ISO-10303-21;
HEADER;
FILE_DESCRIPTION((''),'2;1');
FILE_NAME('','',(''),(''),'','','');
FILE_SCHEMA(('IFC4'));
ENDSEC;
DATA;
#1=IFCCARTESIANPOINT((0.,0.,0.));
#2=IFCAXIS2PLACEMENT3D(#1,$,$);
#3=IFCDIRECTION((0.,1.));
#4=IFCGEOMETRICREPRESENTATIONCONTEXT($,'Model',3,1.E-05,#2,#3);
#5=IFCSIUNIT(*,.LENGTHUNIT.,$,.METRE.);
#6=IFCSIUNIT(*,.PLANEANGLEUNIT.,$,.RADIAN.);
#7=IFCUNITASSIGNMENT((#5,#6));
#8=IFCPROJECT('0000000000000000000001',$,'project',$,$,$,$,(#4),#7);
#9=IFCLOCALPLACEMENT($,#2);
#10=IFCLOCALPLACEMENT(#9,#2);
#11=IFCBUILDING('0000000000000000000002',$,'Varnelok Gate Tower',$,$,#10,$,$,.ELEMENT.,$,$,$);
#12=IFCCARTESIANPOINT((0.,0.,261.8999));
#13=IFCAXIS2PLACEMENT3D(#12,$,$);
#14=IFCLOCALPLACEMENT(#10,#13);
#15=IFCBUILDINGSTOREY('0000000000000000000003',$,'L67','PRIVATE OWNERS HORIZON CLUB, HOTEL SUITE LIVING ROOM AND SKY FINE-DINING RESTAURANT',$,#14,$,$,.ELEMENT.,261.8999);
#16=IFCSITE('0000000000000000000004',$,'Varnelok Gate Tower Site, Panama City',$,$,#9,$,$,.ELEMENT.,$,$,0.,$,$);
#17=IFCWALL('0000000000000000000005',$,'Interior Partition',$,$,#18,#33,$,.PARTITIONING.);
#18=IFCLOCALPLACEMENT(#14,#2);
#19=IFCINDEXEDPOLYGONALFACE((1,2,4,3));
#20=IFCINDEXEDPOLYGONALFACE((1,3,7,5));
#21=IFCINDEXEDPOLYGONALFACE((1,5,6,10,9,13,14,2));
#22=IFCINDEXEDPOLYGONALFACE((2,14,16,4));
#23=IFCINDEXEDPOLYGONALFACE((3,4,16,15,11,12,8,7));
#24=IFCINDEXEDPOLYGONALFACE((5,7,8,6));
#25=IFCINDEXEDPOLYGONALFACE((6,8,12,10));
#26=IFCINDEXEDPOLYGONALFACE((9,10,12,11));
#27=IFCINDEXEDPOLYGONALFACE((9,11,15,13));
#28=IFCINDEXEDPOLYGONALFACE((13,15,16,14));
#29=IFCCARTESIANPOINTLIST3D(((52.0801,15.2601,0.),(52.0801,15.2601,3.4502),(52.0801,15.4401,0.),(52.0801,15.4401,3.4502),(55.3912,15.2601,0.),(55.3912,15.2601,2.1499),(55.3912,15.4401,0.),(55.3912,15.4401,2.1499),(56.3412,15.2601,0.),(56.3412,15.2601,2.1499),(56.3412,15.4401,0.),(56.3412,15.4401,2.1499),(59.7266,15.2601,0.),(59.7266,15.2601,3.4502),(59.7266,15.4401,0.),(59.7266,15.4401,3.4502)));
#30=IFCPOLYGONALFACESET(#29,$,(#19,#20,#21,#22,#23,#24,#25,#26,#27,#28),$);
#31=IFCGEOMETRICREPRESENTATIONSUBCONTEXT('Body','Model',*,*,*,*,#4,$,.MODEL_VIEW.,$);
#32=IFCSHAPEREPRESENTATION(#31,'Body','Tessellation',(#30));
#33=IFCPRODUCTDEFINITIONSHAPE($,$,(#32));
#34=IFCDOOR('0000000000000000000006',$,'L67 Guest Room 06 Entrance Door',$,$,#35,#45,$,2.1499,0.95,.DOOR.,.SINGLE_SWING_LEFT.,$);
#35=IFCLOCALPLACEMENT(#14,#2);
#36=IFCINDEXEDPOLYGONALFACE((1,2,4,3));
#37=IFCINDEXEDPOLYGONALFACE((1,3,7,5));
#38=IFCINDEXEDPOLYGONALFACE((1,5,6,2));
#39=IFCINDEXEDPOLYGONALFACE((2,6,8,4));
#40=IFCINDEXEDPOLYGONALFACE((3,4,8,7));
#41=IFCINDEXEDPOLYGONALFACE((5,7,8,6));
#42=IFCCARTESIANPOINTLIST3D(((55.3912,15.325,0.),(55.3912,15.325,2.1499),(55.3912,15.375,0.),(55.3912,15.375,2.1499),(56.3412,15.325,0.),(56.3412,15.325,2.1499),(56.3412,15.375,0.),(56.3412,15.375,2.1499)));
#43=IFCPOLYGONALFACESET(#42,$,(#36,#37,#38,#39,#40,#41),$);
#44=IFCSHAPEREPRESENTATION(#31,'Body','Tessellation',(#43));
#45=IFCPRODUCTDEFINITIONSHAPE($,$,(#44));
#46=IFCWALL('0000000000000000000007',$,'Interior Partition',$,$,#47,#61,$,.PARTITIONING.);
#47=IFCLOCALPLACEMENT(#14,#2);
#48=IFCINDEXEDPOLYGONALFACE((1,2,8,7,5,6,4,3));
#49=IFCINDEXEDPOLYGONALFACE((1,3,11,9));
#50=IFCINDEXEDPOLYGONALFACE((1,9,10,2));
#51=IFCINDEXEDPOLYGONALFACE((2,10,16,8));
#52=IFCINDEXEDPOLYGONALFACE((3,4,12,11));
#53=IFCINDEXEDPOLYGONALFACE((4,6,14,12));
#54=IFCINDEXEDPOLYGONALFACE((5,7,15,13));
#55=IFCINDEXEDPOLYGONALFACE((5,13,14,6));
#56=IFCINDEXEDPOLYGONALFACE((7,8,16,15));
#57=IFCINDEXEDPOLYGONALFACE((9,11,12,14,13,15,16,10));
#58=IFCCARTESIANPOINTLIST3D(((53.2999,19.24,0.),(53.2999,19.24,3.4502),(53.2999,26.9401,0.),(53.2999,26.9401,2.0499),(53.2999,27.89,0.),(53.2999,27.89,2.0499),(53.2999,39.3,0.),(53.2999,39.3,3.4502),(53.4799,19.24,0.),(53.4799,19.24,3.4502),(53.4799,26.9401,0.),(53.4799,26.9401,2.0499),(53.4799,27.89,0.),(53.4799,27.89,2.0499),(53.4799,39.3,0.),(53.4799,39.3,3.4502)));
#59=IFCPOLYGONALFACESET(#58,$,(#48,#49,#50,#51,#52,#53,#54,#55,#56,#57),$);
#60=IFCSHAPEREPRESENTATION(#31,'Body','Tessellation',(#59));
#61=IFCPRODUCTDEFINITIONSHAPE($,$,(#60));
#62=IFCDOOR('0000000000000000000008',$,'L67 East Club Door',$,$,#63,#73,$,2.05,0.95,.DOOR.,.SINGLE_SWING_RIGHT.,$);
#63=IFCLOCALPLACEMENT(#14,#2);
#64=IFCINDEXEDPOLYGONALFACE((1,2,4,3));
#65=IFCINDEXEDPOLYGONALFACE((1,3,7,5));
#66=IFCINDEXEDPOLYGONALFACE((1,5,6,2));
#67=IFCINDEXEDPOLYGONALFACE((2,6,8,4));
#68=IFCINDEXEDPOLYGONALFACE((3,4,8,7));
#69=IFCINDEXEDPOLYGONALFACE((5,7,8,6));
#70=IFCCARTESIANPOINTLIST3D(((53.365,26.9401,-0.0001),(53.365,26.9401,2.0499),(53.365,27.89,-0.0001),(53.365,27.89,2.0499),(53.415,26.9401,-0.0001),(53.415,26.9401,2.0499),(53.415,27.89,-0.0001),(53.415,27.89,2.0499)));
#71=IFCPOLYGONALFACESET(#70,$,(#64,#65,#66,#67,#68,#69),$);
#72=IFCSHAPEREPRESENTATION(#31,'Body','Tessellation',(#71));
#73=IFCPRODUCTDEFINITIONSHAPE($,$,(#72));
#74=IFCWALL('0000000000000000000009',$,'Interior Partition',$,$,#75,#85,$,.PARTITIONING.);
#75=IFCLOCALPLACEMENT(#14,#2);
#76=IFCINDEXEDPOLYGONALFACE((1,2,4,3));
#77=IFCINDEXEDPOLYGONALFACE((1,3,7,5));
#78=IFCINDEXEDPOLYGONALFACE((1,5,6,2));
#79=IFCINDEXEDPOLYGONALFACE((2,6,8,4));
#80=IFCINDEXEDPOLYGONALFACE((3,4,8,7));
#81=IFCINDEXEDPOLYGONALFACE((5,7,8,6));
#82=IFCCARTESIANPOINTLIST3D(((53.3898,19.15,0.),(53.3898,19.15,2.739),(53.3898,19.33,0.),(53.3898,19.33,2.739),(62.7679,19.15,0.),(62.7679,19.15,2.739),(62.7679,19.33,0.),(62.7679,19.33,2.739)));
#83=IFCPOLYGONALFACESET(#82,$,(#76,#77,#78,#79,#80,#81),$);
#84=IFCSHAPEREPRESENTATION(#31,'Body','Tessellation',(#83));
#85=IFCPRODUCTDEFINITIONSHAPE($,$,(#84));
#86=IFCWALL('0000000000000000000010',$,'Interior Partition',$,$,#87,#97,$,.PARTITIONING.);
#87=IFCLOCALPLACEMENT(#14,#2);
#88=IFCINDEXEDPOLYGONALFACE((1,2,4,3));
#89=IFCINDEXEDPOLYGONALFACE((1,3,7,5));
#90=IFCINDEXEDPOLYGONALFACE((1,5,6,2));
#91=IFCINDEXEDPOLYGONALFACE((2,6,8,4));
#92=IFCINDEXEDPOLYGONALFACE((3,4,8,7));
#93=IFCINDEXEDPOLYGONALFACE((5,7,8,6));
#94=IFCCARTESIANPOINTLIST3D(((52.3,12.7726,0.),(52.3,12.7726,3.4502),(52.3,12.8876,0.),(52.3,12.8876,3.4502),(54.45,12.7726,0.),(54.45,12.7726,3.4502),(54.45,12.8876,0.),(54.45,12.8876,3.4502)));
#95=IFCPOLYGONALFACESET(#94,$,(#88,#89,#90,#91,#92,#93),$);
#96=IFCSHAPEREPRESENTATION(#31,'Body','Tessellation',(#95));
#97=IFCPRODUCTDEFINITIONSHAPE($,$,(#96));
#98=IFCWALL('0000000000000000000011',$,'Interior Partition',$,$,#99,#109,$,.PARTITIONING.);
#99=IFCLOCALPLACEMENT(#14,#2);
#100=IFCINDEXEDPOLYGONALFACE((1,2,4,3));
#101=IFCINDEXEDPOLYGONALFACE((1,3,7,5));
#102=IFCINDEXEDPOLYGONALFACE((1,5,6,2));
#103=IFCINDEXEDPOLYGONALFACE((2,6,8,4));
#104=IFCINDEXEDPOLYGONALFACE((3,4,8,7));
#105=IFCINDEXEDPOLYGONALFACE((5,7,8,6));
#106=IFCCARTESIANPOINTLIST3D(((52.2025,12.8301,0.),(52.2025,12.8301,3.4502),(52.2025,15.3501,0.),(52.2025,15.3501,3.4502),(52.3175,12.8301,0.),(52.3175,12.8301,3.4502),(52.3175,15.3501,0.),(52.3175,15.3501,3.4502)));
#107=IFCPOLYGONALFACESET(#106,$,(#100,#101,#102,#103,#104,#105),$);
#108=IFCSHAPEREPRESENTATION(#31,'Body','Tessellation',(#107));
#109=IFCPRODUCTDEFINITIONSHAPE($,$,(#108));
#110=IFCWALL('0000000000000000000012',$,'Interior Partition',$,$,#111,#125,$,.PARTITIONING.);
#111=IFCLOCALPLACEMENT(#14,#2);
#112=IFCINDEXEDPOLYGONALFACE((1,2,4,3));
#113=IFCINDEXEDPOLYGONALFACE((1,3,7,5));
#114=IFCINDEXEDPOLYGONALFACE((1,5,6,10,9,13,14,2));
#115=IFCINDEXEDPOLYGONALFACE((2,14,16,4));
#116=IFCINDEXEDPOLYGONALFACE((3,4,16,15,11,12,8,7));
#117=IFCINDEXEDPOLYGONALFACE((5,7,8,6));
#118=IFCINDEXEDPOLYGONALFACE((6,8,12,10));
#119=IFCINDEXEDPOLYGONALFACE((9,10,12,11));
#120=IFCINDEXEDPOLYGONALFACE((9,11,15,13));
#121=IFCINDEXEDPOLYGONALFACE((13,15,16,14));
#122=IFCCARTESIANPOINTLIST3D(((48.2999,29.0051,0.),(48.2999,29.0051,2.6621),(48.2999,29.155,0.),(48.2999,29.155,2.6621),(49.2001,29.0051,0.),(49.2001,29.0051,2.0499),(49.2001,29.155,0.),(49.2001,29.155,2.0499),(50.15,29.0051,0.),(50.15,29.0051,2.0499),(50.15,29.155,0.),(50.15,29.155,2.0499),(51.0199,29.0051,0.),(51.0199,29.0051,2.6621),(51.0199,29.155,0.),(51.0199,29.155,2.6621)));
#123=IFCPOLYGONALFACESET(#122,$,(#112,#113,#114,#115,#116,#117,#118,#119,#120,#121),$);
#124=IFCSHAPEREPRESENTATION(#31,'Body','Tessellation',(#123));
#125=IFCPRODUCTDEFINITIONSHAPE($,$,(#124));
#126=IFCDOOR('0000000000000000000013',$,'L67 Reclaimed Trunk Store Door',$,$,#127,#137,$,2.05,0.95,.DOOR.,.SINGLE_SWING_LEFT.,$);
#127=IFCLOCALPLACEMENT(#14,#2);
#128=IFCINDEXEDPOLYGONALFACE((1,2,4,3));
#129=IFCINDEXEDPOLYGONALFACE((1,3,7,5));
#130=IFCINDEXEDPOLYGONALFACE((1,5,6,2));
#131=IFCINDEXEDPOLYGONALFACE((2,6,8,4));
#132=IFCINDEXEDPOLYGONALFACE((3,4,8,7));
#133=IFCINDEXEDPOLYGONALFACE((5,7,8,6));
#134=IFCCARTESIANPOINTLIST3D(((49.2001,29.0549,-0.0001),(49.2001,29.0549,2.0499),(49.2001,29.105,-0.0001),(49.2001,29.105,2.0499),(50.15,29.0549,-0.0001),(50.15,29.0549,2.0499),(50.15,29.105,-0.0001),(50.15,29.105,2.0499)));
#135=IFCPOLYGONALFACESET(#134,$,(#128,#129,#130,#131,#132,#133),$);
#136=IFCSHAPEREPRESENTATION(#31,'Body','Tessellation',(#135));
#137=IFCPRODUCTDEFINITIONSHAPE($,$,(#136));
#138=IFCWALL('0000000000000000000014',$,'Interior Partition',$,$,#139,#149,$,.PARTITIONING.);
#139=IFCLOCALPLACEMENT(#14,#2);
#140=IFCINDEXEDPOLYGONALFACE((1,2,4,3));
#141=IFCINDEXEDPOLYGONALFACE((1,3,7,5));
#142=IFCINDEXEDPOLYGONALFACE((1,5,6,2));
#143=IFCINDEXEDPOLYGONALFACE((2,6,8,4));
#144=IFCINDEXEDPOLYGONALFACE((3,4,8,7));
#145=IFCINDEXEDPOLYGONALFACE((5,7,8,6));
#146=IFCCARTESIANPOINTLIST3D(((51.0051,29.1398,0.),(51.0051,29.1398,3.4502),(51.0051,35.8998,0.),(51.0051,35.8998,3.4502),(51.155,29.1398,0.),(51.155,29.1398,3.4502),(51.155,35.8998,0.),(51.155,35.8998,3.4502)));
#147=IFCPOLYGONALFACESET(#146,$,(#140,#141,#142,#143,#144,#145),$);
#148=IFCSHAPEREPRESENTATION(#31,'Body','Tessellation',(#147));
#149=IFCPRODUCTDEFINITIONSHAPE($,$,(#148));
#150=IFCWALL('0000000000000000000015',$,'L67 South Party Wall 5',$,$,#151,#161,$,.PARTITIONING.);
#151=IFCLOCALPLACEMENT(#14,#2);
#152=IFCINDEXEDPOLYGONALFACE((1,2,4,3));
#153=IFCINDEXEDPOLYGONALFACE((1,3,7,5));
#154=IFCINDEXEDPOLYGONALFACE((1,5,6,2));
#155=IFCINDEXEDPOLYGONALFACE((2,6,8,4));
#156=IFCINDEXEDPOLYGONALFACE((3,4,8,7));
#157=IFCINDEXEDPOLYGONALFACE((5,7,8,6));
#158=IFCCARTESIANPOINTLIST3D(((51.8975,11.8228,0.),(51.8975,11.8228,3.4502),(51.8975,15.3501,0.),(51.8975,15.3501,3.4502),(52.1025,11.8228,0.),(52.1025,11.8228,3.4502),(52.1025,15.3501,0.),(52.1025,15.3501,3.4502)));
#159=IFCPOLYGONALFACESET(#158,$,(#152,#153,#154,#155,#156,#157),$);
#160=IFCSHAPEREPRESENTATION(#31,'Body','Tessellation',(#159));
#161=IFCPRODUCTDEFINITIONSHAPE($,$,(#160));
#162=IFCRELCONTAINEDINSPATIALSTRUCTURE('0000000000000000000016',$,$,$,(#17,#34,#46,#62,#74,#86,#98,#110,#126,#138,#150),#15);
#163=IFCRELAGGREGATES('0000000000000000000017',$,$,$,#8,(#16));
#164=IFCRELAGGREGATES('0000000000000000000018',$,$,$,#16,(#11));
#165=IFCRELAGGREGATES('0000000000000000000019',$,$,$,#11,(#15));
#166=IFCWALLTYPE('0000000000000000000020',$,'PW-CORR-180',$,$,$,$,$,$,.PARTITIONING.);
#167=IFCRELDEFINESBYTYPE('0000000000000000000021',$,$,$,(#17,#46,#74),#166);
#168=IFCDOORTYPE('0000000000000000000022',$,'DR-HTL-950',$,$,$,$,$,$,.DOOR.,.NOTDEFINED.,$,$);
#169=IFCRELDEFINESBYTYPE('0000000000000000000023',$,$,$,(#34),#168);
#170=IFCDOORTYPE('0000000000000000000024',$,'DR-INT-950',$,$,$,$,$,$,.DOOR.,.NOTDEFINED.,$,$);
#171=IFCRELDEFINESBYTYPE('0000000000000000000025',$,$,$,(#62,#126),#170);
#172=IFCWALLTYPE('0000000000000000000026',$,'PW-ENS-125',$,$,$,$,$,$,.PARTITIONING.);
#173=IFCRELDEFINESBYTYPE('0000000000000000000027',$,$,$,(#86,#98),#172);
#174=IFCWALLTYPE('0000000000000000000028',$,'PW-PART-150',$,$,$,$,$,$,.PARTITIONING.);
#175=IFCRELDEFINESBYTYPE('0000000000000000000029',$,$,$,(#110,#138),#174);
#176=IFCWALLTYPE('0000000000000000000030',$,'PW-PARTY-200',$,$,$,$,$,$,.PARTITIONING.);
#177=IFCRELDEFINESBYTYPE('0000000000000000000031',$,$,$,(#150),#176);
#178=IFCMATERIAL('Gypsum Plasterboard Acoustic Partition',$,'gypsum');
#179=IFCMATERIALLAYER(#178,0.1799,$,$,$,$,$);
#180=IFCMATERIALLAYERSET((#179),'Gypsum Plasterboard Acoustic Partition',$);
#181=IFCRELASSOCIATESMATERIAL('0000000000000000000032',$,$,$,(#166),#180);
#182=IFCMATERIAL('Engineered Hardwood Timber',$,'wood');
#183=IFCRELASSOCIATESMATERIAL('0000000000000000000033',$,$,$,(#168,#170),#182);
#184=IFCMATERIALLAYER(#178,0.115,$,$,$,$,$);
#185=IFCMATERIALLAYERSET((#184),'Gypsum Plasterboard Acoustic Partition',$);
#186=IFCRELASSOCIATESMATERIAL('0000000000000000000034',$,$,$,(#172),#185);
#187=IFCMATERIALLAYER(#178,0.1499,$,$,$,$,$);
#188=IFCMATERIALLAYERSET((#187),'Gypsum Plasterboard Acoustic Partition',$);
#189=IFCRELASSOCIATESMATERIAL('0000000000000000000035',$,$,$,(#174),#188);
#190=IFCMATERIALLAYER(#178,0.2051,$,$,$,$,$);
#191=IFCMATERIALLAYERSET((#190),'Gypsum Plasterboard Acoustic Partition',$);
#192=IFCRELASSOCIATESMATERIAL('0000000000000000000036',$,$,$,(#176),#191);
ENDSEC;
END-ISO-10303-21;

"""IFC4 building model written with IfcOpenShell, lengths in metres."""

from ifc_helpers import new_model, si_unit, direction, frame, frame_2d, origin, place, context, subcontext, project, spatial, rectangle, extrude, material, layer, layer_set, type_object, element, fill, save


model = new_model("IFC4")

# Units and contexts
model_context = context("Model", 3, precision=1e-05, world=origin(), true_north=direction((0.0, 1.0)))
body_context = subcontext(model_context, "Body", "Model", "MODEL_VIEW")
ifc_project = project(units=[si_unit("LENGTHUNIT", "METRE"), si_unit("PLANEANGLEUNIT", "RADIAN")], contexts=[model_context])

# Site, building, storey
site_placement = place(None, origin())
site = spatial("IfcSite", under=ifc_project, at=site_placement, Name="Varnelok Gate Tower Site, Panama City", CompositionType="ELEMENT", RefElevation=0.0)
building_placement = place(site_placement, origin())
building = spatial("IfcBuilding", under=site, at=building_placement, Name="Varnelok Gate Tower", CompositionType="ELEMENT")
storey_placement = place(building_placement, frame((0.0, 0.0, 261.8999)))
storey = spatial("IfcBuildingStorey", under=building, at=storey_placement, Name="L67", Description="PRIVATE OWNERS HORIZON CLUB, HOTEL SUITE LIVING ROOM AND SKY FINE-DINING RESTAURANT", CompositionType="ELEMENT", Elevation=261.8999)

# Walls, openings, doors
ifc_material_1 = material(Name="Gypsum Plasterboard Acoustic Partition", Category="gypsum")
ifc_layer_1 = layer(ifc_material_1, 0.1799)
ifc_layer_set_1 = layer_set([ifc_layer_1], Name="Gypsum Plasterboard Acoustic Partition")
wall_type_1 = type_object("IfcWallType", Name="PW-CORR-180", PredefinedType="PARTITIONING", material=ifc_layer_set_1)
wall_1_placement = place(storey_placement, frame((52.0801, 15.3501, 0.0), z_axis=(0.0, 0.0, 1.0), x_axis=(1.0, 0.0, 0.0)))
wall_1 = element("IfcWall", 1, at=wall_1_placement, inside=storey, type_object=wall_type_1, Name="Interior Partition", PredefinedType="PARTITIONING", context=body_context, shape_type="SweptSolid", body=[
    extrude(rectangle(XDim=7.6465, YDim=0.1799, at=frame_2d((3.8232, 0.0))), origin(), (0.0, 0.0, 1.0), 3.4502),
])
opening_1_placement = place(wall_1_placement, frame((3.311, 0.0, 0.0)))
opening_1 = element("IfcOpeningElement", 2, at=opening_1_placement, cuts=wall_1, PredefinedType="OPENING", context=body_context, shape_type="SweptSolid", body=[
    extrude(rectangle(XDim=0.95, YDim=2.1499, at=frame_2d((0.4751, 1.075))), frame((0.0, 0.0999, 0.0), z_axis=(0.0, -1.0, 0.0), x_axis=(1.0, 0.0, 0.0)), (0.0, 0.0, 1.0), 0.2),
])
ifc_material_2 = material(Name="Engineered Hardwood Timber", Category="wood")
door_type_1 = type_object("IfcDoorType", Name="DR-HTL-950", OperationType="NOTDEFINED", PredefinedType="DOOR", material=ifc_material_2)
door_1_placement = place(opening_1_placement, origin())
door_1 = element("IfcDoor", 3, at=door_1_placement, inside=storey, type_object=door_type_1, Name="L67 Guest Room 06 Entrance Door", OperationType="SINGLE_SWING_LEFT", OverallHeight=2.1499, OverallWidth=0.95, PredefinedType="DOOR", context=body_context, shape_type="SweptSolid", body=[
    extrude(rectangle(XDim=0.95, YDim=2.1499, at=frame_2d((0.4751, 1.075))), frame((0.0, 0.0249, 0.0), z_axis=(0.0, -1.0, 0.0), x_axis=(1.0, 0.0, 0.0)), (0.0, 0.0, 1.0), 0.05),
])
fill(opening_1, door_1)
wall_2_placement = place(storey_placement, frame((53.3899, 19.24, 0.0), z_axis=(0.0, 0.0, 1.0), x_axis=(0.0, 1.0, 0.0)))
wall_2 = element("IfcWall", 4, at=wall_2_placement, inside=storey, type_object=wall_type_1, Name="Interior Partition", PredefinedType="PARTITIONING", context=body_context, shape_type="SweptSolid", body=[
    extrude(rectangle(XDim=20.0601, YDim=0.1799, at=frame_2d((10.03, 0.0))), origin(), (0.0, 0.0, 1.0), 3.4502),
])
opening_2_placement = place(wall_2_placement, frame((7.7, 0.0, 0.0)))
opening_2 = element("IfcOpeningElement", 5, at=opening_2_placement, cuts=wall_2, PredefinedType="OPENING", context=body_context, shape_type="SweptSolid", body=[
    extrude(rectangle(XDim=0.95, YDim=2.05, at=frame_2d((0.4751, 1.0249))), frame((0.0, 0.0999, 0.0), z_axis=(0.0, -1.0, 0.0), x_axis=(1.0, 0.0, 0.0)), (0.0, 0.0, 1.0), 0.2),
])
door_type_2 = type_object("IfcDoorType", Name="DR-INT-950", OperationType="NOTDEFINED", PredefinedType="DOOR", material=ifc_material_2)
door_2_placement = place(opening_2_placement, origin())
door_2 = element("IfcDoor", 6, at=door_2_placement, inside=storey, type_object=door_type_2, Name="L67 East Club Door", OperationType="SINGLE_SWING_RIGHT", OverallHeight=2.05, OverallWidth=0.95, PredefinedType="DOOR", context=body_context, shape_type="SweptSolid", body=[
    extrude(rectangle(XDim=0.95, YDim=2.05, at=frame_2d((0.4751, 1.0249))), frame((0.0, 0.0249, 0.0), z_axis=(0.0, -1.0, 0.0), x_axis=(1.0, 0.0, 0.0)), (0.0, 0.0, 1.0), 0.05),
])
fill(opening_2, door_2)

# Walls
wall_3_placement = place(storey_placement, frame((53.3899, 19.24, 0.0), z_axis=(0.0, 0.0, 1.0), x_axis=(1.0, 0.0, 0.0)))
element("IfcWall", 7, at=wall_3_placement, inside=storey, type_object=wall_type_1, Name="Interior Partition", PredefinedType="PARTITIONING", context=body_context, shape_type="SweptSolid", body=[
    extrude(rectangle(XDim=9.3782, YDim=0.1799, at=frame_2d((4.689, 0.0))), origin(), (0.0, 0.0, 1.0), 2.739),
])
ifc_layer_2 = layer(ifc_material_1, 0.115)
ifc_layer_set_2 = layer_set([ifc_layer_2], Name="Gypsum Plasterboard Acoustic Partition")
wall_type_2 = type_object("IfcWallType", Name="PW-ENS-125", PredefinedType="PARTITIONING", material=ifc_layer_set_2)
wall_4_placement = place(storey_placement, frame((52.3, 12.8301, 0.0), z_axis=(0.0, 0.0, 1.0), x_axis=(1.0, 0.0, 0.0)))
element("IfcWall", 8, at=wall_4_placement, inside=storey, type_object=wall_type_2, Name="Interior Partition", PredefinedType="PARTITIONING", context=body_context, shape_type="SweptSolid", body=[
    extrude(rectangle(XDim=2.1499, YDim=0.115, at=frame_2d((1.075, 0.0))), origin(), (0.0, 0.0, 1.0), 3.4502),
])
wall_5_placement = place(storey_placement, frame((52.26, 12.8301, 0.0), z_axis=(0.0, 0.0, 1.0), x_axis=(0.0, 1.0, 0.0)))
element("IfcWall", 9, at=wall_5_placement, inside=storey, type_object=wall_type_2, Name="Interior Partition", PredefinedType="PARTITIONING", context=body_context, shape_type="SweptSolid", body=[
    extrude(rectangle(XDim=2.52, YDim=0.115, at=frame_2d((1.26, 0.0))), origin(), (0.0, 0.0, 1.0), 3.4502),
])

# Wall, opening, door
ifc_layer_3 = layer(ifc_material_1, 0.1499)
ifc_layer_set_3 = layer_set([ifc_layer_3], Name="Gypsum Plasterboard Acoustic Partition")
wall_type_3 = type_object("IfcWallType", Name="PW-PART-150", PredefinedType="PARTITIONING", material=ifc_layer_set_3)
wall_6_placement = place(storey_placement, frame((48.3, 29.0801, 0.0), z_axis=(0.0, 0.0, 1.0), x_axis=(1.0, 0.0, 0.0)))
wall_6 = element("IfcWall", 10, at=wall_6_placement, inside=storey, type_object=wall_type_3, Name="Interior Partition", PredefinedType="PARTITIONING", context=body_context, shape_type="SweptSolid", body=[
    extrude(rectangle(XDim=2.72, YDim=0.1499, at=frame_2d((1.3599, 0.0))), origin(), (0.0, 0.0, 1.0), 2.6621),
])
opening_3_placement = place(wall_6_placement, frame((0.8999, 0.0, 0.0)))
opening_3 = element("IfcOpeningElement", 11, at=opening_3_placement, cuts=wall_6, PredefinedType="OPENING", context=body_context, shape_type="SweptSolid", body=[
    extrude(rectangle(XDim=0.95, YDim=2.05, at=frame_2d((0.4751, 1.0249))), frame((0.0, 0.085, 0.0), z_axis=(0.0, -1.0, 0.0), x_axis=(1.0, 0.0, 0.0)), (0.0, 0.0, 1.0), 0.1699),
])
door_3_placement = place(opening_3_placement, origin())
door_3 = element("IfcDoor", 12, at=door_3_placement, inside=storey, type_object=door_type_2, Name="L67 Reclaimed Trunk Store Door", OperationType="SINGLE_SWING_LEFT", OverallHeight=2.05, OverallWidth=0.95, PredefinedType="DOOR", context=body_context, shape_type="SweptSolid", body=[
    extrude(rectangle(XDim=0.95, YDim=2.05, at=frame_2d((0.4751, 1.0249))), frame((0.0, 0.0249, 0.0), z_axis=(0.0, -1.0, 0.0), x_axis=(1.0, 0.0, 0.0)), (0.0, 0.0, 1.0), 0.05),
])
fill(opening_3, door_3)

# Walls
wall_7_placement = place(storey_placement, frame((51.0801, 29.1399, 0.0), z_axis=(0.0, 0.0, 1.0), x_axis=(0.0, 1.0, 0.0)))
element("IfcWall", 13, at=wall_7_placement, inside=storey, type_object=wall_type_3, Name="Interior Partition", PredefinedType="PARTITIONING", context=body_context, shape_type="SweptSolid", body=[
    extrude(rectangle(XDim=6.76, YDim=0.1499, at=frame_2d((3.3799, 0.0))), origin(), (0.0, 0.0, 1.0), 3.4502),
])
ifc_layer_4 = layer(ifc_material_1, 0.2051)
ifc_layer_set_4 = layer_set([ifc_layer_4], Name="Gypsum Plasterboard Acoustic Partition")
wall_type_4 = type_object("IfcWallType", Name="PW-PARTY-200", PredefinedType="PARTITIONING", material=ifc_layer_set_4)
wall_8_placement = place(storey_placement, frame((52.0, 11.8228, 0.0), z_axis=(0.0, 0.0, 1.0), x_axis=(0.0, 1.0, 0.0)))
element("IfcWall", 14, at=wall_8_placement, inside=storey, type_object=wall_type_4, Name="L67 South Party Wall 5", PredefinedType="PARTITIONING", context=body_context, shape_type="SweptSolid", body=[
    extrude(rectangle(XDim=3.5273, YDim=0.2051, at=frame_2d((1.7637, 0.0))), origin(), (0.0, 0.0, 1.0), 3.4502),
])

save(model, "model.ifc")
